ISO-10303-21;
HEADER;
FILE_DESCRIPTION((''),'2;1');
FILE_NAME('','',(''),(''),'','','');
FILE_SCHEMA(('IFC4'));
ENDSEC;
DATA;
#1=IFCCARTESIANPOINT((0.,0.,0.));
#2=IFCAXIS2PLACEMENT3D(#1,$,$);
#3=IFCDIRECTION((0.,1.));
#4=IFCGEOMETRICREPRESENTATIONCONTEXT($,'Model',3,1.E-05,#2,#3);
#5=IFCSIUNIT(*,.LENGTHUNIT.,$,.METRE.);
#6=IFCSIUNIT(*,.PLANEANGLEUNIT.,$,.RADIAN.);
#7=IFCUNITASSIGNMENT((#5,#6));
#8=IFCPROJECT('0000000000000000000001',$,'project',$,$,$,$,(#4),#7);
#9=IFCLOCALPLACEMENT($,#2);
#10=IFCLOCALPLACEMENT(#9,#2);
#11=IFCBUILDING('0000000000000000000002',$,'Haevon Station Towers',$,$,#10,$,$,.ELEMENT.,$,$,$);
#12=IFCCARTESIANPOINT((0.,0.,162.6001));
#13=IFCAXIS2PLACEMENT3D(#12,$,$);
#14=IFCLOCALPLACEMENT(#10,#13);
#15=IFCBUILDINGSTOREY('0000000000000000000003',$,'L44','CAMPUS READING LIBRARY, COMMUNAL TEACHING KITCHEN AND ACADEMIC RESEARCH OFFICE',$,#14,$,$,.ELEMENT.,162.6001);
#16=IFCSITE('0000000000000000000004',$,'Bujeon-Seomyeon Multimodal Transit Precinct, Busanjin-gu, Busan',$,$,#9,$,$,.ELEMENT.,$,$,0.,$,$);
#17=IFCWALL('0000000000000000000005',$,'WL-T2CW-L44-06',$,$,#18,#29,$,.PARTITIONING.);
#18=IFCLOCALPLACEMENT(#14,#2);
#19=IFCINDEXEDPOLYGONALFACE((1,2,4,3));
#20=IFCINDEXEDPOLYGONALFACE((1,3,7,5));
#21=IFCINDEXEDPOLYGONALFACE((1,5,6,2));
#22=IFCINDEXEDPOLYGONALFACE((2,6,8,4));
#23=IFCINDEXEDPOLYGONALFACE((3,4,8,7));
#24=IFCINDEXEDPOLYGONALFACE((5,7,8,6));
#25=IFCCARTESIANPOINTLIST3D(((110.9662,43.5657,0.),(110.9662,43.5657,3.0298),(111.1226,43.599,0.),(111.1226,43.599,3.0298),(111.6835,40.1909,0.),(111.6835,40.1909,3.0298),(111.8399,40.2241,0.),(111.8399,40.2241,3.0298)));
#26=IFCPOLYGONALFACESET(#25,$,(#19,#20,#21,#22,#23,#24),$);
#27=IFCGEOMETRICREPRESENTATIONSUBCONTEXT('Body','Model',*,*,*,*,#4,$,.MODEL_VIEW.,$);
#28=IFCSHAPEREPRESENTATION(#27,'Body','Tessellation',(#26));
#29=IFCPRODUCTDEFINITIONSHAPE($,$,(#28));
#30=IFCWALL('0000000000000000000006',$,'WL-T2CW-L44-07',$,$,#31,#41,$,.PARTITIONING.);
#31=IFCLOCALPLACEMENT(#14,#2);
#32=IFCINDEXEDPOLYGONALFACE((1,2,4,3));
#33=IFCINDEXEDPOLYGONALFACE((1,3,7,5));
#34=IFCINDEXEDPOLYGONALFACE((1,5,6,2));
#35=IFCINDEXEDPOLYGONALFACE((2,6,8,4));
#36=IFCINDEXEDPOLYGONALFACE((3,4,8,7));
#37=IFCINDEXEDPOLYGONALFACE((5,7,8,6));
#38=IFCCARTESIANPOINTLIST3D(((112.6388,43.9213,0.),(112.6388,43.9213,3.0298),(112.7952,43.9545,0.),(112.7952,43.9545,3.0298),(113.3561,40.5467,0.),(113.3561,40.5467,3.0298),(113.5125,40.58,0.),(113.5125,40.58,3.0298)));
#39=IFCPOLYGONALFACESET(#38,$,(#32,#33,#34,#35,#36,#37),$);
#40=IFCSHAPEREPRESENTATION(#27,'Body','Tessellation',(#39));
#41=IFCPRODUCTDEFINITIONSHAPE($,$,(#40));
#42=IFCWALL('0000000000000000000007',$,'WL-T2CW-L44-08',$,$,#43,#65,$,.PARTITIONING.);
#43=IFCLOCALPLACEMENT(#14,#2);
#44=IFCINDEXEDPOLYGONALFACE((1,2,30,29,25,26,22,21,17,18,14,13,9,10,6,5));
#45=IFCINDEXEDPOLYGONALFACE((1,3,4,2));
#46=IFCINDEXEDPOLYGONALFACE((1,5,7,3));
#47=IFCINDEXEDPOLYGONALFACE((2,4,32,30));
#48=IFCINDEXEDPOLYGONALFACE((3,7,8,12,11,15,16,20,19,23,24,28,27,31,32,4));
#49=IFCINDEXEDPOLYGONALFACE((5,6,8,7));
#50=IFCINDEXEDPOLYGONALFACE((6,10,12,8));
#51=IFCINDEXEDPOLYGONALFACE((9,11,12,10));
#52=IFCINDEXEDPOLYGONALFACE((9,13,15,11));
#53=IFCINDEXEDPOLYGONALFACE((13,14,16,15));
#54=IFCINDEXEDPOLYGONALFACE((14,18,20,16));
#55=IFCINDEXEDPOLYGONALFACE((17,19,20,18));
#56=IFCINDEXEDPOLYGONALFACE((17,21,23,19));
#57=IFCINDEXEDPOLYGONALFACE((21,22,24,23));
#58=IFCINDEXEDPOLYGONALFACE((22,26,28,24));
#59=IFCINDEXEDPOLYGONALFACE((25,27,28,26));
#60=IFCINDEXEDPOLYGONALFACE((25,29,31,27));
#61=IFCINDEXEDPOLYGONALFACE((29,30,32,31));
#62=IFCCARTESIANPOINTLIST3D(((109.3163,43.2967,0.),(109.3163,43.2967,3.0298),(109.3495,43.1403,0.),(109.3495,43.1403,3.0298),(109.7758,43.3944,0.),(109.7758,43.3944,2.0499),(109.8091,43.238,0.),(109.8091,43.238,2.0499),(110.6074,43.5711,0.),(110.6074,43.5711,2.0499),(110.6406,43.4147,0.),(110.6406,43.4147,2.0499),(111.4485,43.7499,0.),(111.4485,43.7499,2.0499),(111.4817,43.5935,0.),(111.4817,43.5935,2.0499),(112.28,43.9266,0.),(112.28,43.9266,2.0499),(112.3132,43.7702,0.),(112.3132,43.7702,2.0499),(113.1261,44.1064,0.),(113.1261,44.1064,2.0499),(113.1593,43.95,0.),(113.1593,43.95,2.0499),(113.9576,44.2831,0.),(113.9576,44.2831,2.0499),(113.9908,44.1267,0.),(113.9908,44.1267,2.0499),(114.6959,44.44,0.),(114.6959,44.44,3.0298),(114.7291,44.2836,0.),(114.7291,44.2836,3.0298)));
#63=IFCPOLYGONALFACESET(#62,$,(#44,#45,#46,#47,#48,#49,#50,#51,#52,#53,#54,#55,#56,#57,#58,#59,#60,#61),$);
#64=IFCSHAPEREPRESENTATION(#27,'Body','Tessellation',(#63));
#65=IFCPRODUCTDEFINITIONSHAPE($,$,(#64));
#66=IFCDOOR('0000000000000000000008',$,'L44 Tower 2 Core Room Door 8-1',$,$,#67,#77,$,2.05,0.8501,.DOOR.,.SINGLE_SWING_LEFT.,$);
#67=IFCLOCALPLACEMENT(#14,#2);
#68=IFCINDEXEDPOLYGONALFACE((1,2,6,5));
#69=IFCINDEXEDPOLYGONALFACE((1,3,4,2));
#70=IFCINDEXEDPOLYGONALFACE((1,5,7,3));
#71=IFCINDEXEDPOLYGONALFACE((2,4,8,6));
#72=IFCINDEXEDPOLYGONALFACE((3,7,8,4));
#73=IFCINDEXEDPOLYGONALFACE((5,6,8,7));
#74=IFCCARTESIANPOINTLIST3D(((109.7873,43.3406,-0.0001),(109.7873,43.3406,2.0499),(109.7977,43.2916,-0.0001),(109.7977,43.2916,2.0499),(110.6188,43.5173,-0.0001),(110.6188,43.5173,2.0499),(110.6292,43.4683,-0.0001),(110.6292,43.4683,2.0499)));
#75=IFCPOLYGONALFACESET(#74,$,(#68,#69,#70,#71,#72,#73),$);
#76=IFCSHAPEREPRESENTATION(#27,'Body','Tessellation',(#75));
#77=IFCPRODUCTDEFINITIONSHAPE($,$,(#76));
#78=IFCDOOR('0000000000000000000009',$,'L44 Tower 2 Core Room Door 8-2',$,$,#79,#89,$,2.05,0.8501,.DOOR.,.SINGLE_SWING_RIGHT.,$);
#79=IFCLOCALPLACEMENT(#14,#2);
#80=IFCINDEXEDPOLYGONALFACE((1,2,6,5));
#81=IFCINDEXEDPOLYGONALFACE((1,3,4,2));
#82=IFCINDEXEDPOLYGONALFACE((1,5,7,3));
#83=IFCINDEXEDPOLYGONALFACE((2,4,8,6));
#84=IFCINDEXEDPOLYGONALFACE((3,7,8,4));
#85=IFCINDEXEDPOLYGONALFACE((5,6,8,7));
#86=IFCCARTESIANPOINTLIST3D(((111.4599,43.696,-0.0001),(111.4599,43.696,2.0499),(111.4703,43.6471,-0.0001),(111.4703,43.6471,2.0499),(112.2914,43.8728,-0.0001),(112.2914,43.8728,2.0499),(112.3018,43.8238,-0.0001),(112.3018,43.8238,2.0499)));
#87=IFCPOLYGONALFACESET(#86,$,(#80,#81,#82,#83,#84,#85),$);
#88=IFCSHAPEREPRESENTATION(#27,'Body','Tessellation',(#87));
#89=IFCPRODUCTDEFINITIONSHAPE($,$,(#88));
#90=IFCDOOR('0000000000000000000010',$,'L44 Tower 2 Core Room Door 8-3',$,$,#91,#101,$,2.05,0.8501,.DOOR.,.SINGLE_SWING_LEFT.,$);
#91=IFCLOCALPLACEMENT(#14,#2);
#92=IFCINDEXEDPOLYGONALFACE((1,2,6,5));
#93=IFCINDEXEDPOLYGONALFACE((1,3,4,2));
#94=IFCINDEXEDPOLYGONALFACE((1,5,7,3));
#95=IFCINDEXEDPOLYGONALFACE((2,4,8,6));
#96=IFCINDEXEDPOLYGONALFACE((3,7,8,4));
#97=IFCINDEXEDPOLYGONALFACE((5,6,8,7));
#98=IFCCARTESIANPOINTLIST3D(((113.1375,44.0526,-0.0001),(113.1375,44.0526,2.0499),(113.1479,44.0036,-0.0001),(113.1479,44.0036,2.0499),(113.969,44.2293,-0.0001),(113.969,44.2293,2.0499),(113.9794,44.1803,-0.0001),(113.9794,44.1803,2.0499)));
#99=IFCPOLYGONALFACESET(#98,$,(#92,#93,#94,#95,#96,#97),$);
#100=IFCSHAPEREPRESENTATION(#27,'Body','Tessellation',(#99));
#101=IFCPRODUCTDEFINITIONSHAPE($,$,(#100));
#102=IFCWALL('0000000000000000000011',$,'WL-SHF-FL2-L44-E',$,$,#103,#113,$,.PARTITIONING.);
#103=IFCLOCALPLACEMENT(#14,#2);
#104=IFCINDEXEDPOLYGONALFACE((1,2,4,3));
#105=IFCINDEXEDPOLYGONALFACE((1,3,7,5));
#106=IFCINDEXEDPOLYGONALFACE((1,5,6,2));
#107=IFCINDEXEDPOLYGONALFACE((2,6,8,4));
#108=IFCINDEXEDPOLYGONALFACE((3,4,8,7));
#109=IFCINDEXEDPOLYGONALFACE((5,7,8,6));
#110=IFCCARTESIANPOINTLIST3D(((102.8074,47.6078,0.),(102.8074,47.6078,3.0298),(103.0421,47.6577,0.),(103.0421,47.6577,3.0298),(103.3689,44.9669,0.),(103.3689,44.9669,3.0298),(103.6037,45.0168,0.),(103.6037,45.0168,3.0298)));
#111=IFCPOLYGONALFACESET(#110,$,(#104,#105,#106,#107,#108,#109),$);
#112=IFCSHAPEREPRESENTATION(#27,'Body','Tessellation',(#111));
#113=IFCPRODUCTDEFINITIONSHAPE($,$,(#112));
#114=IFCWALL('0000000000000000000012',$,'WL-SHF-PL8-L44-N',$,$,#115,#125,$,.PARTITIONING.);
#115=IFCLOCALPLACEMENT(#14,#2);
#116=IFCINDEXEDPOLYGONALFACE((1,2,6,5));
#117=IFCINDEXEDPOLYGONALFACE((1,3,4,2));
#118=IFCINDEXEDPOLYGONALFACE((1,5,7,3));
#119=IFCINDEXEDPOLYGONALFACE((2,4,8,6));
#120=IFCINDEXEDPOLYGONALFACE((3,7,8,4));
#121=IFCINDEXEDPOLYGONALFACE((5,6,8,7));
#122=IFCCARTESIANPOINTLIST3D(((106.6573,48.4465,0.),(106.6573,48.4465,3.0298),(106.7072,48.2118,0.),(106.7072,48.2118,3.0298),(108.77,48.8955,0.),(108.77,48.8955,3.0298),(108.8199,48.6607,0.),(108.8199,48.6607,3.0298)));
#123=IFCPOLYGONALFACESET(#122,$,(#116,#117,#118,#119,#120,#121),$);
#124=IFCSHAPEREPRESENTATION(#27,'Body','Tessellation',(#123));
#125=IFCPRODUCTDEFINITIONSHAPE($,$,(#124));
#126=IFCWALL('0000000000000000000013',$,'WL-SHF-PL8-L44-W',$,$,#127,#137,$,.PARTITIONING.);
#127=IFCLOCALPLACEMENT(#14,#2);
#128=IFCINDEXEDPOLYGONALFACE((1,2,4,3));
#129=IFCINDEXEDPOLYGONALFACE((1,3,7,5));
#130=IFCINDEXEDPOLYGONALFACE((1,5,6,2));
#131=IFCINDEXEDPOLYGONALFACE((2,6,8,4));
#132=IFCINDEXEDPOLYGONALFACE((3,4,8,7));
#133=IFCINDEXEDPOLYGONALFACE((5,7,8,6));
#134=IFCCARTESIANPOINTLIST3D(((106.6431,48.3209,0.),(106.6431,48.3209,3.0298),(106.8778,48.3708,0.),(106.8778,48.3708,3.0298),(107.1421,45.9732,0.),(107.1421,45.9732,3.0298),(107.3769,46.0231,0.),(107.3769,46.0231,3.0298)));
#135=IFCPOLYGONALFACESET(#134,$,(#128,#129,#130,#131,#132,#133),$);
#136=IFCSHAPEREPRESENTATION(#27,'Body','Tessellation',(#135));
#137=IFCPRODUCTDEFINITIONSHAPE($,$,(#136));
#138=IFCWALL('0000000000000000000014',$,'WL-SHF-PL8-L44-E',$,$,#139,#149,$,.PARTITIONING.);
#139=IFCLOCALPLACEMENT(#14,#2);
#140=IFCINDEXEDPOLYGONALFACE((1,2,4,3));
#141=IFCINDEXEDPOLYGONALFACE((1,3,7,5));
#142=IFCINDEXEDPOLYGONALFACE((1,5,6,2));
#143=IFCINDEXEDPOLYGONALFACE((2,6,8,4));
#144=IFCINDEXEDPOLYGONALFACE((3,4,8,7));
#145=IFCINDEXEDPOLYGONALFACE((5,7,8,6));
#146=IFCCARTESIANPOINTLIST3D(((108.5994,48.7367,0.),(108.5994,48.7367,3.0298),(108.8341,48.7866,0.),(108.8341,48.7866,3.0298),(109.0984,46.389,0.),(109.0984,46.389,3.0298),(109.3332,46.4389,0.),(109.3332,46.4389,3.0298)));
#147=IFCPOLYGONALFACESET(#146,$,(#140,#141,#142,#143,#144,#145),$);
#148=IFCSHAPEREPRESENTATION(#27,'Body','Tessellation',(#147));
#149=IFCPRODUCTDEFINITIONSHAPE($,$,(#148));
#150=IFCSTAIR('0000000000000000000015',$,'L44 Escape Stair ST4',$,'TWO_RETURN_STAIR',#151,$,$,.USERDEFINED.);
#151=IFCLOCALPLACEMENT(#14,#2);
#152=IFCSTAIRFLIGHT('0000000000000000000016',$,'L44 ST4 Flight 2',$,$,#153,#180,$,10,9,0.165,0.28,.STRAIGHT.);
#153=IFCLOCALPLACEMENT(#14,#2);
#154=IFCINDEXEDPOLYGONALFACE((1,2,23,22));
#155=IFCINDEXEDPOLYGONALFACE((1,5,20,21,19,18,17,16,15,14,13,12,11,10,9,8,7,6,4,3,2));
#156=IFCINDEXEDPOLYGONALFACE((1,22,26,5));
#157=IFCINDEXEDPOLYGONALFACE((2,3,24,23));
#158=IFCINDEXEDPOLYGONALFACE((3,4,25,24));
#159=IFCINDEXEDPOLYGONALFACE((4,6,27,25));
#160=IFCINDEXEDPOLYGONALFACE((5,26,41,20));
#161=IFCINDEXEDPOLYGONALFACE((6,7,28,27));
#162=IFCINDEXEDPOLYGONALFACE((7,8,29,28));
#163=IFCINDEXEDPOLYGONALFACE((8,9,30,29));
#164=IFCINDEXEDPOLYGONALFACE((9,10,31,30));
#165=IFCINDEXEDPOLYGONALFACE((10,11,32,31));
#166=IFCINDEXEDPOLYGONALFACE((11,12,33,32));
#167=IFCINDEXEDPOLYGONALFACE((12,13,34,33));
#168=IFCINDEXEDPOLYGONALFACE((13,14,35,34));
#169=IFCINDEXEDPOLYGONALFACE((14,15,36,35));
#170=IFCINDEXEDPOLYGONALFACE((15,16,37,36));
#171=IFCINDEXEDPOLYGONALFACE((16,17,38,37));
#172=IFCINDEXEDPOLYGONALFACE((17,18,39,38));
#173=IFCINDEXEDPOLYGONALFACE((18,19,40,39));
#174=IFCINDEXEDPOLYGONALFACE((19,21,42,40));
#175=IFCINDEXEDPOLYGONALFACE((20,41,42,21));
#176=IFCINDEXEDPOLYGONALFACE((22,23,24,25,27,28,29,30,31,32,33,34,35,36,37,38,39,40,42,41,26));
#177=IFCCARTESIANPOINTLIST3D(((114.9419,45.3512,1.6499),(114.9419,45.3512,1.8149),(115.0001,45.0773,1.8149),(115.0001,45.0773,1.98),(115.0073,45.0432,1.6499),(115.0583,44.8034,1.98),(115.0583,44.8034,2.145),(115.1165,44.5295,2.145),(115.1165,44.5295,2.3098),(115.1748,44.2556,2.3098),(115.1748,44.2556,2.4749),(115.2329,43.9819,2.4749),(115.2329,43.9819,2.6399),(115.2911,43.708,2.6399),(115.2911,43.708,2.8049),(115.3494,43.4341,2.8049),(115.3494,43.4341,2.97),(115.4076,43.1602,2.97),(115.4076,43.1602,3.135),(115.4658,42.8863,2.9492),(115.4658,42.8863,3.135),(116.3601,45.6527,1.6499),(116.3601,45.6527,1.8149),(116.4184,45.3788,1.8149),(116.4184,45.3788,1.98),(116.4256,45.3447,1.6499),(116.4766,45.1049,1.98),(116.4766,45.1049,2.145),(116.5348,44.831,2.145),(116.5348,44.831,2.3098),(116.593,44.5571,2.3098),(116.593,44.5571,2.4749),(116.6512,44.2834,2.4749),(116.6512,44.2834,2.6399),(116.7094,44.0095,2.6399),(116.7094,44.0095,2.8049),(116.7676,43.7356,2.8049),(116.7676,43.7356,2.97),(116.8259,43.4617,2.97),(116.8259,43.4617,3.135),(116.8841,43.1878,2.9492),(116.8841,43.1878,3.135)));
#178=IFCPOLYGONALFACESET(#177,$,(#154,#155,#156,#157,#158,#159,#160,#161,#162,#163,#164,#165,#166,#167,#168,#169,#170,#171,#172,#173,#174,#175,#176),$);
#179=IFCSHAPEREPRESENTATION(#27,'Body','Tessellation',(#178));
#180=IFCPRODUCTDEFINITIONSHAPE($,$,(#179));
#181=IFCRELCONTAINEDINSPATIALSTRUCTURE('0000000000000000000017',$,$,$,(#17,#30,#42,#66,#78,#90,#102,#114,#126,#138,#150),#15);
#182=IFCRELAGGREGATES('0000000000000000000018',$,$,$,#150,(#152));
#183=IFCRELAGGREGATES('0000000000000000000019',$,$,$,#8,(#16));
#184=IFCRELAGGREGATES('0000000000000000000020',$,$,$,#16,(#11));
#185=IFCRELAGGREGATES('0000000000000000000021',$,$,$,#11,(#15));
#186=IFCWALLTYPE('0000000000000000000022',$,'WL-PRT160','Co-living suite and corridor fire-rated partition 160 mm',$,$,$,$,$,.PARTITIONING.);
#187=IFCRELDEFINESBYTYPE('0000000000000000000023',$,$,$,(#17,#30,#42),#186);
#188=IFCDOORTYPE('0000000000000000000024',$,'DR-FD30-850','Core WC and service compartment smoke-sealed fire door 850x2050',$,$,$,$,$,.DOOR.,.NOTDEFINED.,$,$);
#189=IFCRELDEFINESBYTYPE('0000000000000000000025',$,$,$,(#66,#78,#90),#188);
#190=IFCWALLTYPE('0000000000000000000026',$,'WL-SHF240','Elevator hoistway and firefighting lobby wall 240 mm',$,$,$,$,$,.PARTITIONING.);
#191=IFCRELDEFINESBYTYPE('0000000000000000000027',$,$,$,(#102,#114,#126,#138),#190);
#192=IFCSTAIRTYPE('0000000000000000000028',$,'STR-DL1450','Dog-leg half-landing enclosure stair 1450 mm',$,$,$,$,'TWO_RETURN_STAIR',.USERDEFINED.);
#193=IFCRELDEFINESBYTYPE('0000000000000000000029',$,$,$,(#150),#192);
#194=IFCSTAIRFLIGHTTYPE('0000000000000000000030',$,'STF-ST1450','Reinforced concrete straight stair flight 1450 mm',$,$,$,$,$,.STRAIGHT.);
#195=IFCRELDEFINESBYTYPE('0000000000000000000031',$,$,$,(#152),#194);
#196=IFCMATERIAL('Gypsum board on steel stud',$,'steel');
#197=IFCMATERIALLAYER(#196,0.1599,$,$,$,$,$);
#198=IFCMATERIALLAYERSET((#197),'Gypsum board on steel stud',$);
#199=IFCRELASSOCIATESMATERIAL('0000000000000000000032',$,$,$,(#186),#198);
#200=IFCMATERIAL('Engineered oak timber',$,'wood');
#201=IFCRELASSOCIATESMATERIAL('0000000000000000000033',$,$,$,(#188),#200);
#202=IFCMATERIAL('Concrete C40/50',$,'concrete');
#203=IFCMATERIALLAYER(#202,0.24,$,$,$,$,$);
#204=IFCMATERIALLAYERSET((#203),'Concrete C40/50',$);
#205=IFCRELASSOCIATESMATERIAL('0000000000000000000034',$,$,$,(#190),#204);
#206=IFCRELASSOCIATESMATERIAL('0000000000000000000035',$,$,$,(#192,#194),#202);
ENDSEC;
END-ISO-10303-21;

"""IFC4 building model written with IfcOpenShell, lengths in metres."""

from ifc_helpers import new_model, si_unit, direction, frame, frame_2d, origin, place, context, subcontext, project, spatial, polyline, rectangle, outline, extrude, material, layer, layer_set, type_object, element, fill, aggregate, save


model = new_model("IFC4")

# Units and contexts
model_context = context("Model", 3, precision=1e-05, world=origin(), true_north=direction((0.0, 1.0)))
body_context = subcontext(model_context, "Body", "Model", "MODEL_VIEW")
ifc_project = project(units=[si_unit("LENGTHUNIT", "METRE"), si_unit("PLANEANGLEUNIT", "RADIAN")], contexts=[model_context])

# Site, building, storey
site_placement = place(None, origin())
site = spatial("IfcSite", under=ifc_project, at=site_placement, Name="Bujeon-Seomyeon Multimodal Transit Precinct, Busanjin-gu, Busan", CompositionType="ELEMENT", RefElevation=0.0)
building_placement = place(site_placement, origin())
building = spatial("IfcBuilding", under=site, at=building_placement, Name="Haevon Station Towers", CompositionType="ELEMENT")
storey_placement = place(building_placement, frame((0.0, 0.0, 162.6001)))
storey = spatial("IfcBuildingStorey", under=building, at=storey_placement, Name="L44", Description="CAMPUS READING LIBRARY, COMMUNAL TEACHING KITCHEN AND ACADEMIC RESEARCH OFFICE", CompositionType="ELEMENT", Elevation=162.6001)

# Shared definitions
ifc_material_1 = material(Name="Gypsum board on steel stud", Category="steel")
ifc_material_2 = material(Name="Engineered oak timber", Category="wood")

# Shared definitions
ifc_layer_1 = layer(ifc_material_1, 0.1599)
ifc_layer_set_1 = layer_set([ifc_layer_1], Name="Gypsum board on steel stud")
wall_type_1 = type_object("IfcWallType", Name="WL-PRT160", Description="Co-living suite and corridor fire-rated partition 160 mm", PredefinedType="PARTITIONING", material=ifc_layer_set_1)

# Walls
for number, where, z_axis, x_axis, name in (
    (1, (111.7617, 40.2075, 0.0), (0.0, 0.0, 1.0), (-0.2079, 0.97815, 0.0), "WL-T2CW-L44-06"),
):
    element("IfcWall", number, at=place(storey_placement, frame(where, z_axis=z_axis, x_axis=x_axis)), inside=storey, type_object=wall_type_1, Name=name, PredefinedType="PARTITIONING", context=body_context, shape_type="SweptSolid", body=[
        extrude(rectangle(XDim=3.4502, YDim=0.1599, at=frame_2d((1.7251, 0.0))), origin(), (0.0, 0.0, 1.0), 3.0298),
    ])
wall_1_placement = place(storey_placement, frame((113.4343, 40.5632, 0.0), z_axis=(0.0, 0.0, 1.0), x_axis=(-0.207915, 0.978147, 0.0)))
element("IfcWall", 2, at=wall_1_placement, inside=storey, type_object=wall_type_1, Name="WL-T2CW-L44-07", PredefinedType="PARTITIONING", context=body_context, shape_type="SweptSolid", body=[
    extrude(rectangle(XDim=3.45, YDim=0.1599, at=frame_2d((1.7251, 0.0))), origin(), (0.0, 0.0, 1.0), 3.0298),
])

# Wall, openings, doors
wall_2_placement = place(storey_placement, frame((109.3328, 43.2185, 0.0), z_axis=(0.0, 0.0, 1.0), x_axis=(0.978154, 0.207883, 0.0)))
wall_2 = element("IfcWall", 3, at=wall_2_placement, inside=storey, type_object=wall_type_1, Name="WL-T2CW-L44-08", PredefinedType="PARTITIONING", context=body_context, shape_type="SweptSolid", body=[
    extrude(rectangle(XDim=5.4998, YDim=0.1599, at=frame_2d((2.75, 0.0))), origin(), (0.0, 0.0, 1.0), 3.0298),
])
opening_1_placement = place(wall_2_placement, frame((0.47, 0.0, 0.0)))
opening_1 = element("IfcOpeningElement", 4, at=opening_1_placement, cuts=wall_2, PredefinedType="OPENING", context=body_context, shape_type="SweptSolid", body=[
    extrude(rectangle(XDim=0.8501, YDim=2.05, at=frame_2d((0.425, 1.0249))), frame((0.0, 0.0898, 0.0), z_axis=(0.0, -1.0, 0.0), x_axis=(1.0, 0.0, 0.0)), (0.0, 0.0, 1.0), 0.1799),
])
opening_2_placement = place(wall_2_placement, frame((2.1799, 0.0, 0.0)))
opening_2 = element("IfcOpeningElement", 5, at=opening_2_placement, cuts=wall_2, PredefinedType="OPENING", context=body_context, shape_type="SweptSolid", body=[
    extrude(rectangle(XDim=0.8501, YDim=2.05, at=frame_2d((0.425, 1.0249))), frame((0.0, 0.0898, 0.0), z_axis=(0.0, -1.0, 0.0), x_axis=(1.0, 0.0, 0.0)), (0.0, 0.0, 1.0), 0.1799),
])
opening_3_placement = place(wall_2_placement, frame((3.895, 0.0, 0.0)))
opening_3 = element("IfcOpeningElement", 6, at=opening_3_placement, cuts=wall_2, PredefinedType="OPENING", context=body_context, shape_type="SweptSolid", body=[
    extrude(rectangle(XDim=0.8501, YDim=2.05, at=frame_2d((0.425, 1.0249))), frame((0.0, 0.0898, 0.0), z_axis=(0.0, -1.0, 0.0), x_axis=(1.0, 0.0, 0.0)), (0.0, 0.0, 1.0), 0.1799),
])
door_type_1 = type_object("IfcDoorType", Name="DR-FD30-850", Description="Core WC and service compartment smoke-sealed fire door 850x2050", OperationType="NOTDEFINED", PredefinedType="DOOR", material=ifc_material_2)
door_1_placement = place(opening_1_placement, origin())
door_1 = element("IfcDoor", 7, at=door_1_placement, inside=storey, type_object=door_type_1, Name="L44 Tower 2 Core Room Door 8-1", OperationType="SINGLE_SWING_LEFT", OverallHeight=2.05, OverallWidth=0.8501, PredefinedType="DOOR", context=body_context, shape_type="SweptSolid", body=[
    extrude(rectangle(XDim=0.8501, YDim=2.05, at=frame_2d((0.425, 1.0249))), frame((0.0, 0.0249, 0.0), z_axis=(0.0, -1.0, 0.0), x_axis=(1.0, 0.0, 0.0)), (0.0, 0.0, 1.0), 0.05),
])
fill(opening_1, door_1)
door_2_placement = place(opening_2_placement, origin())
door_2 = element("IfcDoor", 8, at=door_2_placement, inside=storey, type_object=door_type_1, Name="L44 Tower 2 Core Room Door 8-2", OperationType="SINGLE_SWING_RIGHT", OverallHeight=2.05, OverallWidth=0.8501, PredefinedType="DOOR", context=body_context, shape_type="SweptSolid", body=[
    extrude(rectangle(XDim=0.8501, YDim=2.05, at=frame_2d((0.425, 1.0249))), frame((0.0, 0.0249, 0.0), z_axis=(0.0, -1.0, 0.0), x_axis=(1.0, 0.0, 0.0)), (0.0, 0.0, 1.0), 0.05),
])
fill(opening_2, door_2)
door_3_placement = place(opening_3_placement, origin())
door_3 = element("IfcDoor", 9, at=door_3_placement, inside=storey, type_object=door_type_1, Name="L44 Tower 2 Core Room Door 8-3", OperationType="SINGLE_SWING_LEFT", OverallHeight=2.05, OverallWidth=0.8501, PredefinedType="DOOR", context=body_context, shape_type="SweptSolid", body=[
    extrude(rectangle(XDim=0.8501, YDim=2.05, at=frame_2d((0.425, 1.0249))), frame((0.0, 0.0249, 0.0), z_axis=(0.0, -1.0, 0.0), x_axis=(1.0, 0.0, 0.0)), (0.0, 0.0, 1.0), 0.05),
])
fill(opening_3, door_3)

# Wall
ifc_material_3 = material(Name="Concrete C40/50", Category="concrete")
ifc_layer_2 = layer(ifc_material_3, 0.24)
ifc_layer_set_2 = layer_set([ifc_layer_2], Name="Concrete C40/50")
wall_type_2 = type_object("IfcWallType", Name="WL-SHF240", Description="Elevator hoistway and firefighting lobby wall 240 mm", PredefinedType="PARTITIONING", material=ifc_layer_set_2)
wall_3_placement = place(storey_placement, frame((103.4863, 44.9917, 0.0), z_axis=(0.0, 0.0, 1.0), x_axis=(-0.207979, 0.978133, 0.0)))
element("IfcWall", 10, at=wall_3_placement, inside=storey, type_object=wall_type_2, Name="WL-SHF-FL2-L44-E", PredefinedType="PARTITIONING", context=body_context, shape_type="SweptSolid", body=[
    extrude(rectangle(XDim=2.7, YDim=0.24, at=frame_2d((1.3501, 0.0))), origin(), (0.0, 0.0, 1.0), 3.0298),
])

# Walls
wall_4_placement = place(storey_placement, frame((106.6821, 48.3291, 0.0), z_axis=(0.0, 0.0, 1.0), x_axis=(0.978158, 0.207861, 0.0)))
element("IfcWall", 11, at=wall_4_placement, inside=storey, type_object=wall_type_2, Name="WL-SHF-PL8-L44-N", PredefinedType="PARTITIONING", context=body_context, shape_type="SweptSolid", body=[
    extrude(rectangle(XDim=2.1599, YDim=0.24, at=frame_2d((1.0801, 0.0))), origin(), (0.0, 0.0, 1.0), 3.0298),
])
for number, where, z_axis, x_axis, name in (
    (12, (107.2595, 45.998, 0.0), (0.0, 0.0, 1.0), (-0.207917, 0.978146, 0.0), "WL-SHF-PL8-L44-W"),
    (13, (109.2158, 46.4138, 0.0), (0.0, 0.0, 1.0), (-0.207917, 0.978146, 0.0), "WL-SHF-PL8-L44-E"),
):
    element("IfcWall", number, at=place(storey_placement, frame(where, z_axis=z_axis, x_axis=x_axis)), inside=storey, type_object=wall_type_2, Name=name, PredefinedType="PARTITIONING", context=body_context, shape_type="SweptSolid", body=[
        extrude(rectangle(XDim=2.4001, YDim=0.24, at=frame_2d((1.2002, 0.0))), origin(), (0.0, 0.0, 1.0), 3.0298),
    ])

# Stair, stair flight
stair_type = type_object("IfcStairType", Name="STR-DL1450", Description="Dog-leg half-landing enclosure stair 1450 mm", ElementType="TWO_RETURN_STAIR", PredefinedType="USERDEFINED", material=ifc_material_3)
stair_placement = place(storey_placement, origin())
stair = element("IfcStair", 14, at=stair_placement, inside=storey, type_object=stair_type, Name="L44 Escape Stair ST4", ObjectType="TWO_RETURN_STAIR", PredefinedType="USERDEFINED")
stair_flight_type = type_object("IfcStairFlightType", Name="STF-ST1450", Description="Reinforced concrete straight stair flight 1450 mm", PredefinedType="STRAIGHT", material=ifc_material_3)
stair_flight_placement = place(storey_placement, frame((115.6509, 45.502, 1.6499), z_axis=(0.0, 0.0, 1.0), x_axis=(0.207912, -0.978148, 0.0)))
stair_flight = element("IfcStairFlight", 15, at=stair_flight_placement, type_object=stair_flight_type, Name="L44 ST4 Flight 2", NumberOfRisers=10, NumberOfTreads=9, PredefinedType="STRAIGHT", RiserHeight=0.165, TreadLength=0.28, context=body_context, shape_type="SweptSolid", body=[
    extrude(outline(polyline([(0.0, 0.0), (0.0, 0.165), (0.28, 0.165), (0.28, 0.3301), (0.5601, 0.3301), (0.5601, 0.4951), (0.8401, 0.4951), (0.8401, 0.6599), (1.1201, 0.6599), (1.1201, 0.825), (1.3999, 0.825), (1.3999, 0.99), (1.6799, 0.99), (1.6799, 1.155), (1.96, 1.155), (1.96, 1.3201), (2.24, 1.3201), (2.24, 1.4851), (2.52, 1.4851), (2.52, 1.6499), (2.52, 1.2993), (0.3149, 0.0), (0.0, 0.0)])), frame((0.0, 0.7251, 0.0), z_axis=(0.0, -1.0, 0.0), x_axis=(1.0, 0.0, 0.0)), (0.0, 0.0, 1.0), 1.45),
])
aggregate(stair, [stair_flight])

save(model, "model.ifc")
